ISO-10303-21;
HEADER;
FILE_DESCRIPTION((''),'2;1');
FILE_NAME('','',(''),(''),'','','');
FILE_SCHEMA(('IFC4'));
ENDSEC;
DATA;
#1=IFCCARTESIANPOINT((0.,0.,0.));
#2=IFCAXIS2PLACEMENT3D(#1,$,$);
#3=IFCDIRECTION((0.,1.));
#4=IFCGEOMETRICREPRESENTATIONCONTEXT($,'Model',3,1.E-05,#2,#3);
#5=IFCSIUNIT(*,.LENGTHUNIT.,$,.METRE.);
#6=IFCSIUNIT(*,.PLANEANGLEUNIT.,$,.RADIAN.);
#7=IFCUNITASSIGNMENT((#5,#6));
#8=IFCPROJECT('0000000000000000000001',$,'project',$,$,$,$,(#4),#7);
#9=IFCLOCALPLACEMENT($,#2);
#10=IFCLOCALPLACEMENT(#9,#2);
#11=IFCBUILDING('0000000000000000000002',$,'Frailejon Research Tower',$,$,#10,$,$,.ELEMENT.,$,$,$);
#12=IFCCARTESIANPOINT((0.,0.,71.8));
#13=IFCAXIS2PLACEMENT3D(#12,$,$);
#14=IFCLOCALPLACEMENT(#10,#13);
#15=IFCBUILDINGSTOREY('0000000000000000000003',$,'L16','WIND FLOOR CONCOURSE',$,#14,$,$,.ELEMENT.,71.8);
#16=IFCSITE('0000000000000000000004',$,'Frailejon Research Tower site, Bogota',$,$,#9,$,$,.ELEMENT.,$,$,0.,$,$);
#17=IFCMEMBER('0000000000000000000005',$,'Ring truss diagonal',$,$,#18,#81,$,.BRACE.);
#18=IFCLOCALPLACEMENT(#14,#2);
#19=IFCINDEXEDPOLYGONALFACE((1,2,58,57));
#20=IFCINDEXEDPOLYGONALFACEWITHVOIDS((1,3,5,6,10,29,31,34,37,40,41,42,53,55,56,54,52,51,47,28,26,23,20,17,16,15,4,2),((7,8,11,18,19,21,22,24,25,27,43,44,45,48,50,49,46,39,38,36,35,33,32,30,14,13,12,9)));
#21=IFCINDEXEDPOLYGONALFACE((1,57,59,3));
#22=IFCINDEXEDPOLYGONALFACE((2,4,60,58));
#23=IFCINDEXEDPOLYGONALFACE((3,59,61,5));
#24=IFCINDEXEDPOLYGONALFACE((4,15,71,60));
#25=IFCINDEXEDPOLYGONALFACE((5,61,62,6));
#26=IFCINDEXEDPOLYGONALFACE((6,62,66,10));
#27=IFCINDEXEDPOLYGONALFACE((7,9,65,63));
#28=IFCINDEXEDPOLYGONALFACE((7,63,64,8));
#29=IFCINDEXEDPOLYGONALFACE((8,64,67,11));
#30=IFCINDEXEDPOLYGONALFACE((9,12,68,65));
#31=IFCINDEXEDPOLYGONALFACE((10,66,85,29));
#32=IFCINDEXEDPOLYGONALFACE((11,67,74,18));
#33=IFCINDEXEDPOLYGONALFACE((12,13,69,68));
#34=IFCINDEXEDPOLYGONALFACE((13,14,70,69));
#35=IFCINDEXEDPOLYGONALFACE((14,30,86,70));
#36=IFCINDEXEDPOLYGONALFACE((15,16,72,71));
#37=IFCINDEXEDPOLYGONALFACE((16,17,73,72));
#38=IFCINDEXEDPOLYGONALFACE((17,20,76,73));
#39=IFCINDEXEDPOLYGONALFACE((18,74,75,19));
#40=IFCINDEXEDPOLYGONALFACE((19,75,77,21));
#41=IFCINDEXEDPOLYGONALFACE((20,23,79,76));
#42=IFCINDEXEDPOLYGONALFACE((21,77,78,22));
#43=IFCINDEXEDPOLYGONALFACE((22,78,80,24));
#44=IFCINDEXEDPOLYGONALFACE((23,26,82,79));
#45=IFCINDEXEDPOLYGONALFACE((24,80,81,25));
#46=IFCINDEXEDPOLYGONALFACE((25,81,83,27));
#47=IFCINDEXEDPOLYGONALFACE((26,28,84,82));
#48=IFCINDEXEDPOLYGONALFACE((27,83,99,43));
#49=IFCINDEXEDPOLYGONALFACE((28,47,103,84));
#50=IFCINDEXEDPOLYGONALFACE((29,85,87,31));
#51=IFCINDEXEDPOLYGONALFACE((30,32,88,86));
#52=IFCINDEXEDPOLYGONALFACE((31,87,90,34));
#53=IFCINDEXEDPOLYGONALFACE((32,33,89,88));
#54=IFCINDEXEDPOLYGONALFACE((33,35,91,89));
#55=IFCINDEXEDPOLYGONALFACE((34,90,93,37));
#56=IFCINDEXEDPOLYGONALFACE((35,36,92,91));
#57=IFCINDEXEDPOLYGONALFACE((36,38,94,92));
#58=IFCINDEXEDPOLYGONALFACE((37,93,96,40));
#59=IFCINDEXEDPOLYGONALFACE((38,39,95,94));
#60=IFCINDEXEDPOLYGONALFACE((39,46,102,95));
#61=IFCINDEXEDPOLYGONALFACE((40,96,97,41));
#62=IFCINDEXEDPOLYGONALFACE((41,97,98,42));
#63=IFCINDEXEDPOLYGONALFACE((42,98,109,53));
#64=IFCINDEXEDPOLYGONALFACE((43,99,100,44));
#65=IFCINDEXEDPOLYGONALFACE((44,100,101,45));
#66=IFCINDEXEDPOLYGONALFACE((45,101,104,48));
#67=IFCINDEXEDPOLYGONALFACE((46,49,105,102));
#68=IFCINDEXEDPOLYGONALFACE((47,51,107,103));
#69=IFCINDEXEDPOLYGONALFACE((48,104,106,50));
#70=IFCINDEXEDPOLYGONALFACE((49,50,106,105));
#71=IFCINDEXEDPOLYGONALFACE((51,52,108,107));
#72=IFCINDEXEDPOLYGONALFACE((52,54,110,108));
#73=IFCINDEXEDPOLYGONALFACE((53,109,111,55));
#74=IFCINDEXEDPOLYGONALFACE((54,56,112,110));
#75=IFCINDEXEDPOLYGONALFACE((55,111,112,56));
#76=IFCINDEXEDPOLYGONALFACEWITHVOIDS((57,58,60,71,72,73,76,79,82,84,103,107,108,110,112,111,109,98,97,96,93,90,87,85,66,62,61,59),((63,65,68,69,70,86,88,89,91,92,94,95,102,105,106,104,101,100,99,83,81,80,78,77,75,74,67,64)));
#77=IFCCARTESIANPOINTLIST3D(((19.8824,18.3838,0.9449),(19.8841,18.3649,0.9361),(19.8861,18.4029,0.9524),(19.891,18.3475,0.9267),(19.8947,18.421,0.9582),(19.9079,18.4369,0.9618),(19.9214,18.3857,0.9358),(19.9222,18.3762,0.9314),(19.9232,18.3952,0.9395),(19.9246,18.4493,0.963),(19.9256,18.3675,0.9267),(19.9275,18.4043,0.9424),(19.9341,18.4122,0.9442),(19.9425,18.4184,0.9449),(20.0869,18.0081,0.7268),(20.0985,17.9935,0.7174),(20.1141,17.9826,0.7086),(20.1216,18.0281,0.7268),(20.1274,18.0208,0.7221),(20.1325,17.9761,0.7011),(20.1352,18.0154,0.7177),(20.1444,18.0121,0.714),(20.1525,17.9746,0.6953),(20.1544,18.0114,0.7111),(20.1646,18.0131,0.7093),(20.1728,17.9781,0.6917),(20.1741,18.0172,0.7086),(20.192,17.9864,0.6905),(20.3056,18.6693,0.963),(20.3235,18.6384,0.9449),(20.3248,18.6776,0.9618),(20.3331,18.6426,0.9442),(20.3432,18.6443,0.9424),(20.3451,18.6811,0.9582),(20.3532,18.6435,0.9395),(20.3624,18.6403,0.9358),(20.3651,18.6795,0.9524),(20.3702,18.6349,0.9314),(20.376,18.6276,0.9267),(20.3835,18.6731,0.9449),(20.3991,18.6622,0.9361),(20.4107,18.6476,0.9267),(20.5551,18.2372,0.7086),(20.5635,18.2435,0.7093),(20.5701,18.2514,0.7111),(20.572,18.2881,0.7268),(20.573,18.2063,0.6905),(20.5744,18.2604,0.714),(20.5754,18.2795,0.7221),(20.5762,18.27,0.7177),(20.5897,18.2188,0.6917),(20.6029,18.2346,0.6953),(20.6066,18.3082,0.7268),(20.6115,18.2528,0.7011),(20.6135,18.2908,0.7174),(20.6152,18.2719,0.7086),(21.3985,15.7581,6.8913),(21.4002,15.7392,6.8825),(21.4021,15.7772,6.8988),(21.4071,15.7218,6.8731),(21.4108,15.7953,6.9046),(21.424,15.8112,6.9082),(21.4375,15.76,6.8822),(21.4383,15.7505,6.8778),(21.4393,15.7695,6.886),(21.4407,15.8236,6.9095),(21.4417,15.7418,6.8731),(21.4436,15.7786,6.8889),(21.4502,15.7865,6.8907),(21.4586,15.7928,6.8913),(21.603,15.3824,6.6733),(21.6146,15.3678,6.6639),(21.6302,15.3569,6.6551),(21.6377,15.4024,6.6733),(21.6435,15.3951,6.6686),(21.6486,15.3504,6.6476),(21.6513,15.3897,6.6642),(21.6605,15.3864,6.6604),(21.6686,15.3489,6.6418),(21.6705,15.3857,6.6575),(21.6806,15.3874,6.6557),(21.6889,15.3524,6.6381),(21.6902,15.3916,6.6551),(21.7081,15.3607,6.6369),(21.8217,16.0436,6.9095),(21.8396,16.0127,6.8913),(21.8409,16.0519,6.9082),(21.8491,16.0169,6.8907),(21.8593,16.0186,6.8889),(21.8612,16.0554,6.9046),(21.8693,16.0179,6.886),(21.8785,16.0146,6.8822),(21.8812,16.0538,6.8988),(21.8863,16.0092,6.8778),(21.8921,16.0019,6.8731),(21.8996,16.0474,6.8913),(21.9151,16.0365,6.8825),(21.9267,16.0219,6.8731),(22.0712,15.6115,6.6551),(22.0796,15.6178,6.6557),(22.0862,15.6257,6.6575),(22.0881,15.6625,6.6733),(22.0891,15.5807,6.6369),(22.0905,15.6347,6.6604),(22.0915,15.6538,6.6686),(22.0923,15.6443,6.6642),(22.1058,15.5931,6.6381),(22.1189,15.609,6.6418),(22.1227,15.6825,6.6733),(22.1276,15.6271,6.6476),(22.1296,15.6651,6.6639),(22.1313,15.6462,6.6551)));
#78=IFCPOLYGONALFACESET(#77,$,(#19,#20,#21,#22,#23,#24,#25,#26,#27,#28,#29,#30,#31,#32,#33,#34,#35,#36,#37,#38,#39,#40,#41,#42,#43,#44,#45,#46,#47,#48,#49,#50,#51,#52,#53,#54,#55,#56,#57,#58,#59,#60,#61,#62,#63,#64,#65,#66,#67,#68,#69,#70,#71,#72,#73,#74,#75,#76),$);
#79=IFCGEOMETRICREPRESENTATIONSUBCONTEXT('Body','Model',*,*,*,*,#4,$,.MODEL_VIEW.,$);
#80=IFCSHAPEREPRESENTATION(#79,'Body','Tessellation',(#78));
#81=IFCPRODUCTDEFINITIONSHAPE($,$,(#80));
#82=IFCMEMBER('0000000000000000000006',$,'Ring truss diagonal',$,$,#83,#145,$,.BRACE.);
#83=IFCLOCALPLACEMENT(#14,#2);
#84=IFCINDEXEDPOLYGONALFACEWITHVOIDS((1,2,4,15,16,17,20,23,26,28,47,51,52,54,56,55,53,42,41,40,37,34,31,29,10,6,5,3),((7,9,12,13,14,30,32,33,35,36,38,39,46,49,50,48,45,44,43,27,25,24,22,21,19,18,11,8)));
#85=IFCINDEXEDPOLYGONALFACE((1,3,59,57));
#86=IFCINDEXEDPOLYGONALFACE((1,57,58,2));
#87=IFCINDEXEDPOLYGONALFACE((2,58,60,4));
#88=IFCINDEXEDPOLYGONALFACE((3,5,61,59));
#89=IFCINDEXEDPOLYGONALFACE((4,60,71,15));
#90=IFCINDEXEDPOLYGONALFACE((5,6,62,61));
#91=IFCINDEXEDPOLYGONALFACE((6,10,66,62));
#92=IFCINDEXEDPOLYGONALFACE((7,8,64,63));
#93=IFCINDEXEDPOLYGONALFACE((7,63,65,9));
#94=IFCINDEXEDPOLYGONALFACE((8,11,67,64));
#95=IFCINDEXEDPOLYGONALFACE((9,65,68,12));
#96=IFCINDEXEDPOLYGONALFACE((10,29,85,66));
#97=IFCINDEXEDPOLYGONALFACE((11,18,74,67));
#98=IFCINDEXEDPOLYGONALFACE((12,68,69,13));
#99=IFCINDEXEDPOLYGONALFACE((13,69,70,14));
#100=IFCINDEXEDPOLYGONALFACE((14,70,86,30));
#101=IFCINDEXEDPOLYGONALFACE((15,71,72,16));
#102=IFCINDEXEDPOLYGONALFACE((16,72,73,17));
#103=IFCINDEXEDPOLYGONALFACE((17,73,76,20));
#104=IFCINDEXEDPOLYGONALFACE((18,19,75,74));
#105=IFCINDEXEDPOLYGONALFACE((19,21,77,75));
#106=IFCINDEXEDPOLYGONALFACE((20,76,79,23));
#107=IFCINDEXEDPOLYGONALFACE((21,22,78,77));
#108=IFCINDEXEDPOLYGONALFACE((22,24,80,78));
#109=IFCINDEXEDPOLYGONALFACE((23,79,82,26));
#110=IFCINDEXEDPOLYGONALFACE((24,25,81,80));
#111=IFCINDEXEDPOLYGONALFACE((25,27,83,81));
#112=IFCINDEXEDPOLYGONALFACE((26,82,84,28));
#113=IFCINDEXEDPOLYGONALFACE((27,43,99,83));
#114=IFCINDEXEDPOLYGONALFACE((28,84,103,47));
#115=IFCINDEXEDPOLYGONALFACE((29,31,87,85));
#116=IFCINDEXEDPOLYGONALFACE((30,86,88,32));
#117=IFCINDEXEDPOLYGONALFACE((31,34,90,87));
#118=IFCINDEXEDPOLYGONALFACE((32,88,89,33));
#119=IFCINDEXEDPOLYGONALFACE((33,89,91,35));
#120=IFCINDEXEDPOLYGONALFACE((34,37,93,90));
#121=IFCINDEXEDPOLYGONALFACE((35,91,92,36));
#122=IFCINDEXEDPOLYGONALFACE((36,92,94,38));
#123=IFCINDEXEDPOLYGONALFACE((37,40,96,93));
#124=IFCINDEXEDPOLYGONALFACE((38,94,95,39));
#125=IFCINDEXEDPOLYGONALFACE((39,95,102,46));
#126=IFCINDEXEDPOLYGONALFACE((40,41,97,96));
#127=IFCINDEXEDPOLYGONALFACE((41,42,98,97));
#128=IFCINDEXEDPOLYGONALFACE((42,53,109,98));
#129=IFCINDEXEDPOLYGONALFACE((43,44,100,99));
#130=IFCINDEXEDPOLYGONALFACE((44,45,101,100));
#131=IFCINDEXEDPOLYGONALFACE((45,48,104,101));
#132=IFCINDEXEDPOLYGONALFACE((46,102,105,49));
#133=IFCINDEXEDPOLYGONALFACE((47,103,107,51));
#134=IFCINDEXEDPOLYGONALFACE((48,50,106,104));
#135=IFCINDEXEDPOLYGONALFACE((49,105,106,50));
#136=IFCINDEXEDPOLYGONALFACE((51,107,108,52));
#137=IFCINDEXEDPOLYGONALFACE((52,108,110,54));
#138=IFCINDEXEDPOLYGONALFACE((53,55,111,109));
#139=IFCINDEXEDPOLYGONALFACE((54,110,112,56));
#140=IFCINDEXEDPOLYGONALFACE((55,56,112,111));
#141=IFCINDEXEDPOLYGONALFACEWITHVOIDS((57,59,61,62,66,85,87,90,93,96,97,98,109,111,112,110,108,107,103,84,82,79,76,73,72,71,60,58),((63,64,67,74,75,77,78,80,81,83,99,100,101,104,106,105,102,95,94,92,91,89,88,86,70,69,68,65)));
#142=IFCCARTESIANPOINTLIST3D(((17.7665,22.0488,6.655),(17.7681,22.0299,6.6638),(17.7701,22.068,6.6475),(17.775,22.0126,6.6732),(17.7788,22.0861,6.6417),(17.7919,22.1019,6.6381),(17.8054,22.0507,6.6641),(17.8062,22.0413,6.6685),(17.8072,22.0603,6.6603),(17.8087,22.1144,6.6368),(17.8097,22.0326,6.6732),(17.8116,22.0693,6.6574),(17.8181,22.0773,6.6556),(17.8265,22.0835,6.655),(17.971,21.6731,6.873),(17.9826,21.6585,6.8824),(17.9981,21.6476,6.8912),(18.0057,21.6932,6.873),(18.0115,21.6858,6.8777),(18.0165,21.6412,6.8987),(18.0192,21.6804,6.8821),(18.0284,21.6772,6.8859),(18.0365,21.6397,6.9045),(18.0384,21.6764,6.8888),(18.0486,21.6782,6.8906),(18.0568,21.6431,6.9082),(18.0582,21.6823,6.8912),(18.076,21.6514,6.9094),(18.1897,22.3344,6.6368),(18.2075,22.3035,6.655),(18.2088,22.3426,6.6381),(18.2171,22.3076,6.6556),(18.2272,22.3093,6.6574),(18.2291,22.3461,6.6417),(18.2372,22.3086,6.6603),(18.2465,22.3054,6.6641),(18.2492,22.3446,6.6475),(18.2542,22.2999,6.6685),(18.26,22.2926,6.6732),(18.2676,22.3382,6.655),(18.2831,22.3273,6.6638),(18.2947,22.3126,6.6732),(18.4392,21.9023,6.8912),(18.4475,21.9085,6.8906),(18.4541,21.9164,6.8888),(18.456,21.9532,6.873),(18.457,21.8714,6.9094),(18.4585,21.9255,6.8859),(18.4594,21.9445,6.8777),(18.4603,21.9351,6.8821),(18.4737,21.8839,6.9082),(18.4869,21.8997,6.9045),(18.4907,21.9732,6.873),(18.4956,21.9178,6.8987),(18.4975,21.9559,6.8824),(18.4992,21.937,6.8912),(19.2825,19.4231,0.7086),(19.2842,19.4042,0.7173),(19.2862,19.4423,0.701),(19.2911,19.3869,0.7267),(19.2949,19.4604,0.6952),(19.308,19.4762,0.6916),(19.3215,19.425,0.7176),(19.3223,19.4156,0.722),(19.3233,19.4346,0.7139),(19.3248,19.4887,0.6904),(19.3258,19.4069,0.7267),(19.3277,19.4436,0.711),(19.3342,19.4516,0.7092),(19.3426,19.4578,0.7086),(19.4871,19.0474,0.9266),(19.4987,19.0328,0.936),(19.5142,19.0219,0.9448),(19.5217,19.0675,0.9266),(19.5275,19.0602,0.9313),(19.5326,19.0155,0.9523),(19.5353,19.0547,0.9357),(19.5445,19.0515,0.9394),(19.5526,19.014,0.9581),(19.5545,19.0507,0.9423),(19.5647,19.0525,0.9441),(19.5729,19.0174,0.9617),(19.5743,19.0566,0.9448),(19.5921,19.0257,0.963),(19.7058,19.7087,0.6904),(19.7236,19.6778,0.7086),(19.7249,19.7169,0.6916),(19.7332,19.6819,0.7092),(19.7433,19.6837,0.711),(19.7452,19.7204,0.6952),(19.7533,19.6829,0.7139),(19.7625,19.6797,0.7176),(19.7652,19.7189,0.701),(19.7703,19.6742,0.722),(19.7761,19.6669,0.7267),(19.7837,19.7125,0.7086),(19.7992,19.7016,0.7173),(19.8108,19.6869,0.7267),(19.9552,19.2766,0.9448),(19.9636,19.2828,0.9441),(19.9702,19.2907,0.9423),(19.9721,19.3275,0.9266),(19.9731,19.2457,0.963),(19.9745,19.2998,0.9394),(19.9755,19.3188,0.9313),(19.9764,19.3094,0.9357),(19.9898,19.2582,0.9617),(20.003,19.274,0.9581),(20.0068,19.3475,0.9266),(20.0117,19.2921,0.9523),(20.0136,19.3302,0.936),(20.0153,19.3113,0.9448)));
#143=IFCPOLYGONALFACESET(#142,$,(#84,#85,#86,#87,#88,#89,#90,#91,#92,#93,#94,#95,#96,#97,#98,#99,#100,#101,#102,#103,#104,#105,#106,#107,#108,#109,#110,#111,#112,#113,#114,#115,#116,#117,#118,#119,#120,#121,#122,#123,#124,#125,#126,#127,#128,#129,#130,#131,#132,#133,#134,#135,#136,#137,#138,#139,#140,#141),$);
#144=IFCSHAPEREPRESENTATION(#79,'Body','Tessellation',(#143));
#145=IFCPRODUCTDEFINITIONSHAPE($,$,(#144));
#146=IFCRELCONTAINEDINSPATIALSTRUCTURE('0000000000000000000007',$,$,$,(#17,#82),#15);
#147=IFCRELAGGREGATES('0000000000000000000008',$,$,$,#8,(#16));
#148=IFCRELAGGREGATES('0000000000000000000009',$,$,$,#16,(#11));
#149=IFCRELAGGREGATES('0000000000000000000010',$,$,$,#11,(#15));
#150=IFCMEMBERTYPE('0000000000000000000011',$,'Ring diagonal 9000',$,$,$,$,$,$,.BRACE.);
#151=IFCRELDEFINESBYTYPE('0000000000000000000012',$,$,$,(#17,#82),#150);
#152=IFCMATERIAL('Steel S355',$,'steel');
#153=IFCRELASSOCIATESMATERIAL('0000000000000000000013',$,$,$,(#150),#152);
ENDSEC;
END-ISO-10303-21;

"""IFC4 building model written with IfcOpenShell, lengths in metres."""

from ifc_helpers import new_model, si_unit, direction, frame, origin, origin_2d, place, context, subcontext, project, spatial, hollow_rectangle, extrude, material, material_profile, profile_set, type_object, element, save


model = new_model("IFC4")

# Units and contexts
model_context = context("Model", 3, precision=1e-05, world=origin(), true_north=direction((0.0, 1.0)))
body_context = subcontext(model_context, "Body", "Model", "MODEL_VIEW")
ifc_project = project(units=[si_unit("LENGTHUNIT", "METRE"), si_unit("PLANEANGLEUNIT", "RADIAN")], contexts=[model_context])

# Site, building, storey
site_placement = place(None, origin())
site = spatial("IfcSite", under=ifc_project, at=site_placement, Name="Frailejon Research Tower site, Bogota", CompositionType="ELEMENT", RefElevation=0.0)
building_placement = place(site_placement, origin())
building = spatial("IfcBuilding", under=site, at=building_placement, Name="Frailejon Research Tower", CompositionType="ELEMENT")
storey_placement = place(building_placement, frame((0.0, 0.0, 71.8)))
storey = spatial("IfcBuildingStorey", under=building, at=storey_placement, Name="L16", Description="WIND FLOOR CONCOURSE", CompositionType="ELEMENT", Elevation=71.8)

# Members
ifc_material_1 = material(Name="Steel S355", Category="steel")
ifc_material_profile_1 = material_profile(ifc_material_1, hollow_rectangle(XDim=0.6001, YDim=0.6001, WallThickness=0.04, InnerFilletRadius=0.04, OuterFilletRadius=0.0801, at=origin_2d()), Name="Ring diagonal 9000")
ifc_profile_set_1 = profile_set([ifc_material_profile_1], Name="Steel S355")
member_type = type_object("IfcMemberType", Name="Ring diagonal 9000", PredefinedType="BRACE", material=ifc_profile_set_1)
for number, where, z_axis, x_axis, name in (
    (1, (21.7649, 15.7021, 6.7732), (-0.227136, 0.393374, -0.890879), (-0.866005, -0.500036, 0.0), "Ring truss diagonal"),
    (2, (19.6489, 19.3672, 0.8267), (-0.227136, 0.393374, 0.890879), (-0.866005, -0.500036, 0.0), "Ring truss diagonal"),
):
    element("IfcMember", number, at=place(storey_placement, frame(where, z_axis=z_axis, x_axis=x_axis)), inside=storey, type_object=member_type, Name=name, PredefinedType="BRACE", context=body_context, shape_type="SweptSolid", body=[
        extrude(hollow_rectangle(XDim=0.6001, YDim=0.6001, WallThickness=0.04, InnerFilletRadius=0.04, OuterFilletRadius=0.0801, at=origin_2d()), origin(), (0.0, 0.0, 1.0), 6.6748),
    ])

save(model, "model.ifc")
